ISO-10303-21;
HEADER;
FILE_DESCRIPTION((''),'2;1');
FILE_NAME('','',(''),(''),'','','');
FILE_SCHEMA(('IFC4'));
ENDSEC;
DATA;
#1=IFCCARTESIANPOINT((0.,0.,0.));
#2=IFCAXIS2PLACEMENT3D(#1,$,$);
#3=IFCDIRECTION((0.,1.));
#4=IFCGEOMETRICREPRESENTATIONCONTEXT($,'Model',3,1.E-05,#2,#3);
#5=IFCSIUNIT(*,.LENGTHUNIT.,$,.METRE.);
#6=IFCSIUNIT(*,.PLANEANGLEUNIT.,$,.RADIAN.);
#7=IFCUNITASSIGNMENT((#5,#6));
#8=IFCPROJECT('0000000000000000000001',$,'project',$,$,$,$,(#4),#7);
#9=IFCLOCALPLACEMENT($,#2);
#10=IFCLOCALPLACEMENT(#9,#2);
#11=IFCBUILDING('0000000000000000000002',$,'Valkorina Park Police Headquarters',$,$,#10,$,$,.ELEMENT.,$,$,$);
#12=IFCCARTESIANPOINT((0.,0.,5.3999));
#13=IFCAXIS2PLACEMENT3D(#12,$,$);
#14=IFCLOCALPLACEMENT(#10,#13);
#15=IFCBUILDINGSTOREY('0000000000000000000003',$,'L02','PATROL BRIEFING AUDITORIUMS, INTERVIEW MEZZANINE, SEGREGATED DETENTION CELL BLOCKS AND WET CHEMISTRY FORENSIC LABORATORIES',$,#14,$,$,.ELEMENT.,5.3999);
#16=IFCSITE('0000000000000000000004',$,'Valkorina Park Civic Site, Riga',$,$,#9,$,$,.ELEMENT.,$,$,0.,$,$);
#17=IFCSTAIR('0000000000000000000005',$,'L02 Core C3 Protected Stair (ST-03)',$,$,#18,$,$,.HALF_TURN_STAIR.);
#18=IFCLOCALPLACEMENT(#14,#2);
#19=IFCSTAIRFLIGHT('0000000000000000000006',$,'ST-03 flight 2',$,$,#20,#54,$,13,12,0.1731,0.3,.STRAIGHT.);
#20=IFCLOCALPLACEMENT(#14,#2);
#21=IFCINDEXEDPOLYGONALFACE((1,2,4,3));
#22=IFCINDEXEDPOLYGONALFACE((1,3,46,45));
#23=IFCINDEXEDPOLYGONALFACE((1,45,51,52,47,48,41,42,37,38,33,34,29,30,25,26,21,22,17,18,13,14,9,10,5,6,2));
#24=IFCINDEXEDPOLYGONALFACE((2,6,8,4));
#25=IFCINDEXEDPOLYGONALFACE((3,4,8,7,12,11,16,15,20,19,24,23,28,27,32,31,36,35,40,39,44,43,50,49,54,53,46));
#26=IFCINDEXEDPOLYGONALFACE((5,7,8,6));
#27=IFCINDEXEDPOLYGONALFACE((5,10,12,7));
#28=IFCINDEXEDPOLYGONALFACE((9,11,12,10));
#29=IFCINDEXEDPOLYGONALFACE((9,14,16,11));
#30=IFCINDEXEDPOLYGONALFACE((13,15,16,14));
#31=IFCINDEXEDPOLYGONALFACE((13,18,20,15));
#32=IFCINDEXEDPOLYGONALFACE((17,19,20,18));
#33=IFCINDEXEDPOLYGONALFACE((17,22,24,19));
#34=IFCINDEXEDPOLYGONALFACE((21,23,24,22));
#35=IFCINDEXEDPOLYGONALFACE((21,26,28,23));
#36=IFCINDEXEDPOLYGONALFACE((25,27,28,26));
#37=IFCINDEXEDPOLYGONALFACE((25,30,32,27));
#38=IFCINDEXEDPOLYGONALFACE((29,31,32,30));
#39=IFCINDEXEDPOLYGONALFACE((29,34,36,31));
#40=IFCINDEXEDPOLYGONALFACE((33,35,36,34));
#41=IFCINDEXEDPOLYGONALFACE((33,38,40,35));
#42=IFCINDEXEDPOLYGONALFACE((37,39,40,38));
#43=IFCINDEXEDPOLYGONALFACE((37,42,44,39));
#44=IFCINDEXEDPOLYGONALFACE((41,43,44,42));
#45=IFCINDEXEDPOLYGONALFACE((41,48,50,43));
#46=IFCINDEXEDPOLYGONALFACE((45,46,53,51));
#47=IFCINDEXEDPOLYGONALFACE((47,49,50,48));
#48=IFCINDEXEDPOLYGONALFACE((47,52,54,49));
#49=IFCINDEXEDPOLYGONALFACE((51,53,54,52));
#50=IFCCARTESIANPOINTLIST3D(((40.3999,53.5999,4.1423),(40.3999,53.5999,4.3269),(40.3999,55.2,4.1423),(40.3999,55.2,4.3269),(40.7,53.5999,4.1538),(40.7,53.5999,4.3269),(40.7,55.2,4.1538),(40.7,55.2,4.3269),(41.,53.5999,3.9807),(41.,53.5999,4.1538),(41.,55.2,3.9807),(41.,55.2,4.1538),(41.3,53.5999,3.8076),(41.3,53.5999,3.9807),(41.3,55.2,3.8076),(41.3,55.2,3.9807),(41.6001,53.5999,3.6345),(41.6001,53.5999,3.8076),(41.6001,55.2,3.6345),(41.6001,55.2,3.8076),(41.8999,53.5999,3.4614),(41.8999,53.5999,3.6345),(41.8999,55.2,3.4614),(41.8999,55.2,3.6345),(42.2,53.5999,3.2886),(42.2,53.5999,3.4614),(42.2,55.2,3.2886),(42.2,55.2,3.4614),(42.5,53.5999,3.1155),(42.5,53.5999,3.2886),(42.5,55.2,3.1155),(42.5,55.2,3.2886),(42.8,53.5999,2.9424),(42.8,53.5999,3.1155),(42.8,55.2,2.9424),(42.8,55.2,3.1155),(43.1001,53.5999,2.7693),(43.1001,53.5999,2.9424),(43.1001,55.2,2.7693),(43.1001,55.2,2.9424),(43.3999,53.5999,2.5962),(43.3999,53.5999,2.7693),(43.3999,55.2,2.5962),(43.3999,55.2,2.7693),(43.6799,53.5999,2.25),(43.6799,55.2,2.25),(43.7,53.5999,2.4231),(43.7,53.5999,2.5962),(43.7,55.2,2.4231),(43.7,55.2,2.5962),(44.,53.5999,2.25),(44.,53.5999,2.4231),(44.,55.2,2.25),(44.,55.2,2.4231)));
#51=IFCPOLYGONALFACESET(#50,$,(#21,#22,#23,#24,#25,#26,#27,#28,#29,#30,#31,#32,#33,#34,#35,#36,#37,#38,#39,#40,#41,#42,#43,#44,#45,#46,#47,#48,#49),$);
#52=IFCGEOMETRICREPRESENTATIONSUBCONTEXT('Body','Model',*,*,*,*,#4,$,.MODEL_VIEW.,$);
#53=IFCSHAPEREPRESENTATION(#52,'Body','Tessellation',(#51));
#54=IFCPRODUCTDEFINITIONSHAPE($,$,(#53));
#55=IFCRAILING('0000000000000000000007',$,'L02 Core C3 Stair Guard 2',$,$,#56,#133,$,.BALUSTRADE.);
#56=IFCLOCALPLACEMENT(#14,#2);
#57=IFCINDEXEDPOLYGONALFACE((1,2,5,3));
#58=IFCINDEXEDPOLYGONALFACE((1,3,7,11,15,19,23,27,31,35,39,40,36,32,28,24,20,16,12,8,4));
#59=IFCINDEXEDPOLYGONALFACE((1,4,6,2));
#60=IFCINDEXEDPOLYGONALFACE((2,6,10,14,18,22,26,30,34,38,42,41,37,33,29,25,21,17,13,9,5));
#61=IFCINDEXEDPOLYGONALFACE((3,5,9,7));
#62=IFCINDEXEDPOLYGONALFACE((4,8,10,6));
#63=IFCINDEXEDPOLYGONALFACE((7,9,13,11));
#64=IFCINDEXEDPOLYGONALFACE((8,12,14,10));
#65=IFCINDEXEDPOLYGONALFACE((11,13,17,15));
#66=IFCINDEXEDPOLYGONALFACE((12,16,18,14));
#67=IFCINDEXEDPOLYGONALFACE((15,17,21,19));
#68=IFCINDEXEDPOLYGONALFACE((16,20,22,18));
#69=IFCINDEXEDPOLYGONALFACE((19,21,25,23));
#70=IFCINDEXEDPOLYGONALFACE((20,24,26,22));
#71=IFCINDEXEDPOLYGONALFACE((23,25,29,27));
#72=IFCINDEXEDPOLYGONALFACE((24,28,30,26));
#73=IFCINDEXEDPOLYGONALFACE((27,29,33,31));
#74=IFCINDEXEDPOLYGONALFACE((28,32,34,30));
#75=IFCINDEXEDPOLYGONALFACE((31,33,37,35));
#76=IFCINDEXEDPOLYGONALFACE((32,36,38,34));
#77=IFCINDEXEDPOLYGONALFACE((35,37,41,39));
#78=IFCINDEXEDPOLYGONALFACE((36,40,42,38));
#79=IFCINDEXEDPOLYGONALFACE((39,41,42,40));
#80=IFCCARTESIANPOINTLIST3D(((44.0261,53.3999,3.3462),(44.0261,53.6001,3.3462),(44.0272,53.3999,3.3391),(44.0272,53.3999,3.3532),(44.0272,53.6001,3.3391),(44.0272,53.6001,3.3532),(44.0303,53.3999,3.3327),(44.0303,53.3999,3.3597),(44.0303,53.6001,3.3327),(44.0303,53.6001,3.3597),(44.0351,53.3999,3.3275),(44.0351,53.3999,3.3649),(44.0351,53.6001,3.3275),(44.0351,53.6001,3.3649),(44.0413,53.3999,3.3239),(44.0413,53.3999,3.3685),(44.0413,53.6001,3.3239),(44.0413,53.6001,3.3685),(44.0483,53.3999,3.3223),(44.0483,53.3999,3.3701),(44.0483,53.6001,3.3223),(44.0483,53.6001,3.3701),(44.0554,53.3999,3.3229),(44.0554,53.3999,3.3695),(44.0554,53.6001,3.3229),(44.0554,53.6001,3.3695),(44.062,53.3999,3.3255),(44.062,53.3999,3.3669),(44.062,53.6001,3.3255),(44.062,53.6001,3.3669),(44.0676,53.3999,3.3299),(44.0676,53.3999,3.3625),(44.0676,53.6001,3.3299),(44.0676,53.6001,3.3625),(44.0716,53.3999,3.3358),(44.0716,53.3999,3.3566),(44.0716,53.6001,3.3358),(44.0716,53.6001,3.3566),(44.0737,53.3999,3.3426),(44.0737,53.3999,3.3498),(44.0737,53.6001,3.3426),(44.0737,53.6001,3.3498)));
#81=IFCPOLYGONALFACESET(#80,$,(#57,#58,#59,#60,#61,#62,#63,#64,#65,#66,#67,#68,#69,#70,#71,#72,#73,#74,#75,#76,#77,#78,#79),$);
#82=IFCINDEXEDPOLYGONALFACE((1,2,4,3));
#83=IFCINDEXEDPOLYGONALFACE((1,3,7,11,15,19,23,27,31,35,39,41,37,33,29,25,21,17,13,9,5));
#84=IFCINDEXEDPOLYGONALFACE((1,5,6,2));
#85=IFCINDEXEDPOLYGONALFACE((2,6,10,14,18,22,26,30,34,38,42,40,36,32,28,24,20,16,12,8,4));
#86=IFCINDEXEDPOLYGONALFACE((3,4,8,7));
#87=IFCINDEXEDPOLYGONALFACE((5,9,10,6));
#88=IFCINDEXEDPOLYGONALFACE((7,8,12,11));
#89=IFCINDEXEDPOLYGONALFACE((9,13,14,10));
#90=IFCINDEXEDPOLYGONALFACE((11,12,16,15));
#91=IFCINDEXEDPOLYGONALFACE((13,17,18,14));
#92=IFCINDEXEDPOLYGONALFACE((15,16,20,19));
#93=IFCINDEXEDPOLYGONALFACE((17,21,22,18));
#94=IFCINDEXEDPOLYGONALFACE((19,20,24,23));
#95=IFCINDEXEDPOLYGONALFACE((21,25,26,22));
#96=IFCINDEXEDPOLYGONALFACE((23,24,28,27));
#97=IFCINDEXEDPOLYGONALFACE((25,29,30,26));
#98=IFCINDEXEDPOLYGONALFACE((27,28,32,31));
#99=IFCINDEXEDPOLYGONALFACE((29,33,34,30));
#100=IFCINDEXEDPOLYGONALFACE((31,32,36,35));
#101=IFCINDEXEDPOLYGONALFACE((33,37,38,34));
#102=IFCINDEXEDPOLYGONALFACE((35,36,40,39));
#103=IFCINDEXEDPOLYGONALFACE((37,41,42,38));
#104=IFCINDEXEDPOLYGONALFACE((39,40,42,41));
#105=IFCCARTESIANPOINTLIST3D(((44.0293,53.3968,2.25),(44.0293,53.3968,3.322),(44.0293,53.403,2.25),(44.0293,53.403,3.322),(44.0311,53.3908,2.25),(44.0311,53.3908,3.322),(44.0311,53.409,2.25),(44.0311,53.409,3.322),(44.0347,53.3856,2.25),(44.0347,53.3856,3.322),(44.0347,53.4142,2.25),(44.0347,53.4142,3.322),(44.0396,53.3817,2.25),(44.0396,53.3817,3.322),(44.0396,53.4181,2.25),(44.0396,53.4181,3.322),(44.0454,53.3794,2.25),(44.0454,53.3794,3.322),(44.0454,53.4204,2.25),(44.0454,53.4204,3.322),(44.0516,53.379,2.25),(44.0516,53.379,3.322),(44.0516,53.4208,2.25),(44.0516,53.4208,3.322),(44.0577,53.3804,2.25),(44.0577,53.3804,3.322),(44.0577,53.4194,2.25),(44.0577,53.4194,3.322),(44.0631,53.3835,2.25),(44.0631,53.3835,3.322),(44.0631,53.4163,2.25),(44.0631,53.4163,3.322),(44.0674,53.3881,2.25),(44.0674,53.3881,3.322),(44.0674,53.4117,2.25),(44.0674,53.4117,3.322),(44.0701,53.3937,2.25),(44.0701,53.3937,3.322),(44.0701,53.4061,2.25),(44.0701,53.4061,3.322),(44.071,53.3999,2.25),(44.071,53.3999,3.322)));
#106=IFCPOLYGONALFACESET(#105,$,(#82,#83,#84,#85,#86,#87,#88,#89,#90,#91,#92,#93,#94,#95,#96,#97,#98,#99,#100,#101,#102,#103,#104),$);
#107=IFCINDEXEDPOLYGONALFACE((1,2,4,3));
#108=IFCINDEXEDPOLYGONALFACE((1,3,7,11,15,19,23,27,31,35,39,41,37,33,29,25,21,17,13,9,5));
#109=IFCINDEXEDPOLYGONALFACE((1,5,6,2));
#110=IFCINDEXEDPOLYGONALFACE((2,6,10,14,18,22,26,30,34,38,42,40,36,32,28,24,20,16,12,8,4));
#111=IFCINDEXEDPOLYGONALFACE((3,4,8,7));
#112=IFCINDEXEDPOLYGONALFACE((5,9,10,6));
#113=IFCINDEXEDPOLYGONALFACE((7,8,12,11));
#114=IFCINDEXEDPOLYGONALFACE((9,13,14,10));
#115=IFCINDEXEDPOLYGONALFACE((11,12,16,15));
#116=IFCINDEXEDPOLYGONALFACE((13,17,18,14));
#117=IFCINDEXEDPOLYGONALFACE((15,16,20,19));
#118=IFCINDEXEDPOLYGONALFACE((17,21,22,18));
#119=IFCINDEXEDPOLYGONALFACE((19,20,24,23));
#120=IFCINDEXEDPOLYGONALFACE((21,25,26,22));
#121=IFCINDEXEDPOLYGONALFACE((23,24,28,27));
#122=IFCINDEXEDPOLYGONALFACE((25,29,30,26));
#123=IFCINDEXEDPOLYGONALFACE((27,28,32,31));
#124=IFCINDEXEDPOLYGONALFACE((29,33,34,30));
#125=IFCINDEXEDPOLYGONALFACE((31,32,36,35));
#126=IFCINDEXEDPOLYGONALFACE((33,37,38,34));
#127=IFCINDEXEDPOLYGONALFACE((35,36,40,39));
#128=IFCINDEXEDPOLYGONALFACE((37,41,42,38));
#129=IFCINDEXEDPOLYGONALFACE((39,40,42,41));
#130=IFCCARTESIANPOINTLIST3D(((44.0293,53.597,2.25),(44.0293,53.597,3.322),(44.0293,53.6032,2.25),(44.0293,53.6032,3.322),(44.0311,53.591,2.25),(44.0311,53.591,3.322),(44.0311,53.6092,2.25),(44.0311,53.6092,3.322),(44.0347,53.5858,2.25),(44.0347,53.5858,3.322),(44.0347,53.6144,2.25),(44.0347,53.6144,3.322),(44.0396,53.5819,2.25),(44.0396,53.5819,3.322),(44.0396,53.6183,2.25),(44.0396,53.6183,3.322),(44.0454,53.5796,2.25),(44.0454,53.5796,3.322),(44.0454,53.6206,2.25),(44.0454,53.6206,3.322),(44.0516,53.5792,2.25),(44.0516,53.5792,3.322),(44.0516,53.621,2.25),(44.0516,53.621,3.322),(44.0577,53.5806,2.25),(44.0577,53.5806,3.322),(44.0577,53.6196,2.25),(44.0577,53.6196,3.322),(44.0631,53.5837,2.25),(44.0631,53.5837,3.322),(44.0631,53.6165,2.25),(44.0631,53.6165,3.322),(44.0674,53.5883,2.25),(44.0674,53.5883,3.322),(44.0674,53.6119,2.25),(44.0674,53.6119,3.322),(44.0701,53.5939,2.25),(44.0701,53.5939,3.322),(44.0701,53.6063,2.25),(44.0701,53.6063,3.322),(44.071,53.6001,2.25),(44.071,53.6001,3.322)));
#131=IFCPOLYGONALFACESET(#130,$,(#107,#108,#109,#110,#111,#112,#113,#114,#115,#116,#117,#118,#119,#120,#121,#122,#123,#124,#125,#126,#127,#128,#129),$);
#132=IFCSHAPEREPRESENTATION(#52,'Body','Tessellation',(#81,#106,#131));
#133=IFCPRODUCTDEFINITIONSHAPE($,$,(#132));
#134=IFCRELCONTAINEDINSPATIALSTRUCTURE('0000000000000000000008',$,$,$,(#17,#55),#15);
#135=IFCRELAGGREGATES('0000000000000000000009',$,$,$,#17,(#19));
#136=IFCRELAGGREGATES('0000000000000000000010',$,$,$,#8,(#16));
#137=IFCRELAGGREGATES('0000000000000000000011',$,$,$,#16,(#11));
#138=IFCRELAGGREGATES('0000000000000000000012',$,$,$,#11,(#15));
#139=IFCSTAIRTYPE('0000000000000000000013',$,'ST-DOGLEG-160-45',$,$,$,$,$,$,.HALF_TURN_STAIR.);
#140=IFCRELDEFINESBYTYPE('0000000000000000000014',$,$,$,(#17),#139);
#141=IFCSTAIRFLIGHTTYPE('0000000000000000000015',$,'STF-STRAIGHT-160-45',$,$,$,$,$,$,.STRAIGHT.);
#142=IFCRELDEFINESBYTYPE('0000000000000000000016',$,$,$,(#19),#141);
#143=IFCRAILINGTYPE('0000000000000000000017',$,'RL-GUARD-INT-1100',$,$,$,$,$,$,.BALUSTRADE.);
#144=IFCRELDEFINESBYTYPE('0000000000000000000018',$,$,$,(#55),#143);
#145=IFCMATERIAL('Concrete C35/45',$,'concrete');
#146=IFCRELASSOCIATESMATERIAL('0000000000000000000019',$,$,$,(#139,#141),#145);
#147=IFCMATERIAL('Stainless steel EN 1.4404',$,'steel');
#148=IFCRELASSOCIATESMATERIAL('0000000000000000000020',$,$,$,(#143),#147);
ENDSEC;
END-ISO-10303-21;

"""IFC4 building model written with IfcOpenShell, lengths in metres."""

from ifc_helpers import new_model, si_unit, direction, frame, origin, origin_2d, place, context, subcontext, project, spatial, polyline, circle, outline, extrude, material, type_object, element, aggregate, save


model = new_model("IFC4")

# Units and contexts
model_context = context("Model", 3, precision=1e-05, world=origin(), true_north=direction((0.0, 1.0)))
body_context = subcontext(model_context, "Body", "Model", "MODEL_VIEW")
ifc_project = project(units=[si_unit("LENGTHUNIT", "METRE"), si_unit("PLANEANGLEUNIT", "RADIAN")], contexts=[model_context])

# Site, building, storey
site_placement = place(None, origin())
site = spatial("IfcSite", under=ifc_project, at=site_placement, Name="Valkorina Park Civic Site, Riga", CompositionType="ELEMENT", RefElevation=0.0)
building_placement = place(site_placement, origin())
building = spatial("IfcBuilding", under=site, at=building_placement, Name="Valkorina Park Police Headquarters", CompositionType="ELEMENT")
storey_placement = place(building_placement, frame((0.0, 0.0, 5.3999)))
storey = spatial("IfcBuildingStorey", under=building, at=storey_placement, Name="L02", Description="PATROL BRIEFING AUDITORIUMS, INTERVIEW MEZZANINE, SEGREGATED DETENTION CELL BLOCKS AND WET CHEMISTRY FORENSIC LABORATORIES", CompositionType="ELEMENT", Elevation=5.3999)

# Shared definitions
ifc_material_1 = material(Name="Stainless steel EN 1.4404", Category="steel")

# Stair, stair flight
ifc_material_2 = material(Name="Concrete C35/45", Category="concrete")
stair_type = type_object("IfcStairType", Name="ST-DOGLEG-160-45", PredefinedType="HALF_TURN_STAIR", material=ifc_material_2)
stair_placement = place(storey_placement, origin())
stair = element("IfcStair", 1, at=stair_placement, inside=storey, type_object=stair_type, Name="L02 Core C3 Protected Stair (ST-03)", PredefinedType="HALF_TURN_STAIR")
stair_flight_type = type_object("IfcStairFlightType", Name="STF-STRAIGHT-160-45", PredefinedType="STRAIGHT", material=ifc_material_2)
stair_flight_placement = place(storey_placement, frame((44.0, 54.3999, 2.25), z_axis=(0.0, 0.0, 1.0), x_axis=(-1.0, 0.0, 0.0)))
stair_flight = element("IfcStairFlight", 2, at=stair_flight_placement, type_object=stair_flight_type, Name="ST-03 flight 2", NumberOfRisers=13, NumberOfTreads=12, PredefinedType="STRAIGHT", RiserHeight=0.1731, TreadLength=0.3, context=body_context, shape_type="SweptSolid", body=[
    extrude(outline(polyline([(0.0, 0.0), (0.0, 0.1731), (0.3, 0.1731), (0.3, 0.3462), (0.6001, 0.3462), (0.6001, 0.5193), (0.8999, 0.5193), (0.8999, 0.6924), (1.2, 0.6924), (1.2, 0.8655), (1.5, 0.8655), (1.5, 1.0386), (1.8, 1.0386), (1.8, 1.2114), (2.1001, 1.2114), (2.1001, 1.3845), (2.3999, 1.3845), (2.3999, 1.5576), (2.7, 1.5576), (2.7, 1.7307), (3.0, 1.7307), (3.0, 1.9038), (3.3, 1.9038), (3.3, 2.0769), (3.6001, 2.0769), (3.6001, 2.25), (3.6001, 1.8923), (0.3201, 0.0), (0.0, 0.0)])), frame((0.0, 0.8, 0.0), z_axis=(0.0, -1.0, 0.0), x_axis=(1.0, 0.0, 0.0)), (0.0, 0.0, 1.0), 1.6001),
])
aggregate(stair, [stair_flight])

# Railing
railing_type_1 = type_object("IfcRailingType", Name="RL-GUARD-INT-1100", PredefinedType="BALUSTRADE", material=ifc_material_1)
railing_1_placement = place(storey_placement, frame((44.05, 53.3999, 2.25)))
element("IfcRailing", 3, at=railing_1_placement, inside=storey, type_object=railing_type_1, Name="L02 Core C3 Stair Guard 2", PredefinedType="BALUSTRADE", context=body_context, shape_type="SweptSolid", body=[
    extrude(circle(Radius=0.0239, at=origin_2d()), frame((0.0, 0.0, 1.0962), z_axis=(0.0, 1.0, 0.0), x_axis=(-1.0, 0.0, 0.0)), (0.0, 0.0, 1.0), 0.2002),
    extrude(circle(Radius=0.021, at=origin_2d()), origin(), (0.0, 0.0, 1.0), 1.072),
    extrude(circle(Radius=0.021, at=origin_2d()), frame((0.0, 0.2002, 0.0)), (0.0, 0.0, 1.0), 1.072),
])

save(model, "model.ifc")
